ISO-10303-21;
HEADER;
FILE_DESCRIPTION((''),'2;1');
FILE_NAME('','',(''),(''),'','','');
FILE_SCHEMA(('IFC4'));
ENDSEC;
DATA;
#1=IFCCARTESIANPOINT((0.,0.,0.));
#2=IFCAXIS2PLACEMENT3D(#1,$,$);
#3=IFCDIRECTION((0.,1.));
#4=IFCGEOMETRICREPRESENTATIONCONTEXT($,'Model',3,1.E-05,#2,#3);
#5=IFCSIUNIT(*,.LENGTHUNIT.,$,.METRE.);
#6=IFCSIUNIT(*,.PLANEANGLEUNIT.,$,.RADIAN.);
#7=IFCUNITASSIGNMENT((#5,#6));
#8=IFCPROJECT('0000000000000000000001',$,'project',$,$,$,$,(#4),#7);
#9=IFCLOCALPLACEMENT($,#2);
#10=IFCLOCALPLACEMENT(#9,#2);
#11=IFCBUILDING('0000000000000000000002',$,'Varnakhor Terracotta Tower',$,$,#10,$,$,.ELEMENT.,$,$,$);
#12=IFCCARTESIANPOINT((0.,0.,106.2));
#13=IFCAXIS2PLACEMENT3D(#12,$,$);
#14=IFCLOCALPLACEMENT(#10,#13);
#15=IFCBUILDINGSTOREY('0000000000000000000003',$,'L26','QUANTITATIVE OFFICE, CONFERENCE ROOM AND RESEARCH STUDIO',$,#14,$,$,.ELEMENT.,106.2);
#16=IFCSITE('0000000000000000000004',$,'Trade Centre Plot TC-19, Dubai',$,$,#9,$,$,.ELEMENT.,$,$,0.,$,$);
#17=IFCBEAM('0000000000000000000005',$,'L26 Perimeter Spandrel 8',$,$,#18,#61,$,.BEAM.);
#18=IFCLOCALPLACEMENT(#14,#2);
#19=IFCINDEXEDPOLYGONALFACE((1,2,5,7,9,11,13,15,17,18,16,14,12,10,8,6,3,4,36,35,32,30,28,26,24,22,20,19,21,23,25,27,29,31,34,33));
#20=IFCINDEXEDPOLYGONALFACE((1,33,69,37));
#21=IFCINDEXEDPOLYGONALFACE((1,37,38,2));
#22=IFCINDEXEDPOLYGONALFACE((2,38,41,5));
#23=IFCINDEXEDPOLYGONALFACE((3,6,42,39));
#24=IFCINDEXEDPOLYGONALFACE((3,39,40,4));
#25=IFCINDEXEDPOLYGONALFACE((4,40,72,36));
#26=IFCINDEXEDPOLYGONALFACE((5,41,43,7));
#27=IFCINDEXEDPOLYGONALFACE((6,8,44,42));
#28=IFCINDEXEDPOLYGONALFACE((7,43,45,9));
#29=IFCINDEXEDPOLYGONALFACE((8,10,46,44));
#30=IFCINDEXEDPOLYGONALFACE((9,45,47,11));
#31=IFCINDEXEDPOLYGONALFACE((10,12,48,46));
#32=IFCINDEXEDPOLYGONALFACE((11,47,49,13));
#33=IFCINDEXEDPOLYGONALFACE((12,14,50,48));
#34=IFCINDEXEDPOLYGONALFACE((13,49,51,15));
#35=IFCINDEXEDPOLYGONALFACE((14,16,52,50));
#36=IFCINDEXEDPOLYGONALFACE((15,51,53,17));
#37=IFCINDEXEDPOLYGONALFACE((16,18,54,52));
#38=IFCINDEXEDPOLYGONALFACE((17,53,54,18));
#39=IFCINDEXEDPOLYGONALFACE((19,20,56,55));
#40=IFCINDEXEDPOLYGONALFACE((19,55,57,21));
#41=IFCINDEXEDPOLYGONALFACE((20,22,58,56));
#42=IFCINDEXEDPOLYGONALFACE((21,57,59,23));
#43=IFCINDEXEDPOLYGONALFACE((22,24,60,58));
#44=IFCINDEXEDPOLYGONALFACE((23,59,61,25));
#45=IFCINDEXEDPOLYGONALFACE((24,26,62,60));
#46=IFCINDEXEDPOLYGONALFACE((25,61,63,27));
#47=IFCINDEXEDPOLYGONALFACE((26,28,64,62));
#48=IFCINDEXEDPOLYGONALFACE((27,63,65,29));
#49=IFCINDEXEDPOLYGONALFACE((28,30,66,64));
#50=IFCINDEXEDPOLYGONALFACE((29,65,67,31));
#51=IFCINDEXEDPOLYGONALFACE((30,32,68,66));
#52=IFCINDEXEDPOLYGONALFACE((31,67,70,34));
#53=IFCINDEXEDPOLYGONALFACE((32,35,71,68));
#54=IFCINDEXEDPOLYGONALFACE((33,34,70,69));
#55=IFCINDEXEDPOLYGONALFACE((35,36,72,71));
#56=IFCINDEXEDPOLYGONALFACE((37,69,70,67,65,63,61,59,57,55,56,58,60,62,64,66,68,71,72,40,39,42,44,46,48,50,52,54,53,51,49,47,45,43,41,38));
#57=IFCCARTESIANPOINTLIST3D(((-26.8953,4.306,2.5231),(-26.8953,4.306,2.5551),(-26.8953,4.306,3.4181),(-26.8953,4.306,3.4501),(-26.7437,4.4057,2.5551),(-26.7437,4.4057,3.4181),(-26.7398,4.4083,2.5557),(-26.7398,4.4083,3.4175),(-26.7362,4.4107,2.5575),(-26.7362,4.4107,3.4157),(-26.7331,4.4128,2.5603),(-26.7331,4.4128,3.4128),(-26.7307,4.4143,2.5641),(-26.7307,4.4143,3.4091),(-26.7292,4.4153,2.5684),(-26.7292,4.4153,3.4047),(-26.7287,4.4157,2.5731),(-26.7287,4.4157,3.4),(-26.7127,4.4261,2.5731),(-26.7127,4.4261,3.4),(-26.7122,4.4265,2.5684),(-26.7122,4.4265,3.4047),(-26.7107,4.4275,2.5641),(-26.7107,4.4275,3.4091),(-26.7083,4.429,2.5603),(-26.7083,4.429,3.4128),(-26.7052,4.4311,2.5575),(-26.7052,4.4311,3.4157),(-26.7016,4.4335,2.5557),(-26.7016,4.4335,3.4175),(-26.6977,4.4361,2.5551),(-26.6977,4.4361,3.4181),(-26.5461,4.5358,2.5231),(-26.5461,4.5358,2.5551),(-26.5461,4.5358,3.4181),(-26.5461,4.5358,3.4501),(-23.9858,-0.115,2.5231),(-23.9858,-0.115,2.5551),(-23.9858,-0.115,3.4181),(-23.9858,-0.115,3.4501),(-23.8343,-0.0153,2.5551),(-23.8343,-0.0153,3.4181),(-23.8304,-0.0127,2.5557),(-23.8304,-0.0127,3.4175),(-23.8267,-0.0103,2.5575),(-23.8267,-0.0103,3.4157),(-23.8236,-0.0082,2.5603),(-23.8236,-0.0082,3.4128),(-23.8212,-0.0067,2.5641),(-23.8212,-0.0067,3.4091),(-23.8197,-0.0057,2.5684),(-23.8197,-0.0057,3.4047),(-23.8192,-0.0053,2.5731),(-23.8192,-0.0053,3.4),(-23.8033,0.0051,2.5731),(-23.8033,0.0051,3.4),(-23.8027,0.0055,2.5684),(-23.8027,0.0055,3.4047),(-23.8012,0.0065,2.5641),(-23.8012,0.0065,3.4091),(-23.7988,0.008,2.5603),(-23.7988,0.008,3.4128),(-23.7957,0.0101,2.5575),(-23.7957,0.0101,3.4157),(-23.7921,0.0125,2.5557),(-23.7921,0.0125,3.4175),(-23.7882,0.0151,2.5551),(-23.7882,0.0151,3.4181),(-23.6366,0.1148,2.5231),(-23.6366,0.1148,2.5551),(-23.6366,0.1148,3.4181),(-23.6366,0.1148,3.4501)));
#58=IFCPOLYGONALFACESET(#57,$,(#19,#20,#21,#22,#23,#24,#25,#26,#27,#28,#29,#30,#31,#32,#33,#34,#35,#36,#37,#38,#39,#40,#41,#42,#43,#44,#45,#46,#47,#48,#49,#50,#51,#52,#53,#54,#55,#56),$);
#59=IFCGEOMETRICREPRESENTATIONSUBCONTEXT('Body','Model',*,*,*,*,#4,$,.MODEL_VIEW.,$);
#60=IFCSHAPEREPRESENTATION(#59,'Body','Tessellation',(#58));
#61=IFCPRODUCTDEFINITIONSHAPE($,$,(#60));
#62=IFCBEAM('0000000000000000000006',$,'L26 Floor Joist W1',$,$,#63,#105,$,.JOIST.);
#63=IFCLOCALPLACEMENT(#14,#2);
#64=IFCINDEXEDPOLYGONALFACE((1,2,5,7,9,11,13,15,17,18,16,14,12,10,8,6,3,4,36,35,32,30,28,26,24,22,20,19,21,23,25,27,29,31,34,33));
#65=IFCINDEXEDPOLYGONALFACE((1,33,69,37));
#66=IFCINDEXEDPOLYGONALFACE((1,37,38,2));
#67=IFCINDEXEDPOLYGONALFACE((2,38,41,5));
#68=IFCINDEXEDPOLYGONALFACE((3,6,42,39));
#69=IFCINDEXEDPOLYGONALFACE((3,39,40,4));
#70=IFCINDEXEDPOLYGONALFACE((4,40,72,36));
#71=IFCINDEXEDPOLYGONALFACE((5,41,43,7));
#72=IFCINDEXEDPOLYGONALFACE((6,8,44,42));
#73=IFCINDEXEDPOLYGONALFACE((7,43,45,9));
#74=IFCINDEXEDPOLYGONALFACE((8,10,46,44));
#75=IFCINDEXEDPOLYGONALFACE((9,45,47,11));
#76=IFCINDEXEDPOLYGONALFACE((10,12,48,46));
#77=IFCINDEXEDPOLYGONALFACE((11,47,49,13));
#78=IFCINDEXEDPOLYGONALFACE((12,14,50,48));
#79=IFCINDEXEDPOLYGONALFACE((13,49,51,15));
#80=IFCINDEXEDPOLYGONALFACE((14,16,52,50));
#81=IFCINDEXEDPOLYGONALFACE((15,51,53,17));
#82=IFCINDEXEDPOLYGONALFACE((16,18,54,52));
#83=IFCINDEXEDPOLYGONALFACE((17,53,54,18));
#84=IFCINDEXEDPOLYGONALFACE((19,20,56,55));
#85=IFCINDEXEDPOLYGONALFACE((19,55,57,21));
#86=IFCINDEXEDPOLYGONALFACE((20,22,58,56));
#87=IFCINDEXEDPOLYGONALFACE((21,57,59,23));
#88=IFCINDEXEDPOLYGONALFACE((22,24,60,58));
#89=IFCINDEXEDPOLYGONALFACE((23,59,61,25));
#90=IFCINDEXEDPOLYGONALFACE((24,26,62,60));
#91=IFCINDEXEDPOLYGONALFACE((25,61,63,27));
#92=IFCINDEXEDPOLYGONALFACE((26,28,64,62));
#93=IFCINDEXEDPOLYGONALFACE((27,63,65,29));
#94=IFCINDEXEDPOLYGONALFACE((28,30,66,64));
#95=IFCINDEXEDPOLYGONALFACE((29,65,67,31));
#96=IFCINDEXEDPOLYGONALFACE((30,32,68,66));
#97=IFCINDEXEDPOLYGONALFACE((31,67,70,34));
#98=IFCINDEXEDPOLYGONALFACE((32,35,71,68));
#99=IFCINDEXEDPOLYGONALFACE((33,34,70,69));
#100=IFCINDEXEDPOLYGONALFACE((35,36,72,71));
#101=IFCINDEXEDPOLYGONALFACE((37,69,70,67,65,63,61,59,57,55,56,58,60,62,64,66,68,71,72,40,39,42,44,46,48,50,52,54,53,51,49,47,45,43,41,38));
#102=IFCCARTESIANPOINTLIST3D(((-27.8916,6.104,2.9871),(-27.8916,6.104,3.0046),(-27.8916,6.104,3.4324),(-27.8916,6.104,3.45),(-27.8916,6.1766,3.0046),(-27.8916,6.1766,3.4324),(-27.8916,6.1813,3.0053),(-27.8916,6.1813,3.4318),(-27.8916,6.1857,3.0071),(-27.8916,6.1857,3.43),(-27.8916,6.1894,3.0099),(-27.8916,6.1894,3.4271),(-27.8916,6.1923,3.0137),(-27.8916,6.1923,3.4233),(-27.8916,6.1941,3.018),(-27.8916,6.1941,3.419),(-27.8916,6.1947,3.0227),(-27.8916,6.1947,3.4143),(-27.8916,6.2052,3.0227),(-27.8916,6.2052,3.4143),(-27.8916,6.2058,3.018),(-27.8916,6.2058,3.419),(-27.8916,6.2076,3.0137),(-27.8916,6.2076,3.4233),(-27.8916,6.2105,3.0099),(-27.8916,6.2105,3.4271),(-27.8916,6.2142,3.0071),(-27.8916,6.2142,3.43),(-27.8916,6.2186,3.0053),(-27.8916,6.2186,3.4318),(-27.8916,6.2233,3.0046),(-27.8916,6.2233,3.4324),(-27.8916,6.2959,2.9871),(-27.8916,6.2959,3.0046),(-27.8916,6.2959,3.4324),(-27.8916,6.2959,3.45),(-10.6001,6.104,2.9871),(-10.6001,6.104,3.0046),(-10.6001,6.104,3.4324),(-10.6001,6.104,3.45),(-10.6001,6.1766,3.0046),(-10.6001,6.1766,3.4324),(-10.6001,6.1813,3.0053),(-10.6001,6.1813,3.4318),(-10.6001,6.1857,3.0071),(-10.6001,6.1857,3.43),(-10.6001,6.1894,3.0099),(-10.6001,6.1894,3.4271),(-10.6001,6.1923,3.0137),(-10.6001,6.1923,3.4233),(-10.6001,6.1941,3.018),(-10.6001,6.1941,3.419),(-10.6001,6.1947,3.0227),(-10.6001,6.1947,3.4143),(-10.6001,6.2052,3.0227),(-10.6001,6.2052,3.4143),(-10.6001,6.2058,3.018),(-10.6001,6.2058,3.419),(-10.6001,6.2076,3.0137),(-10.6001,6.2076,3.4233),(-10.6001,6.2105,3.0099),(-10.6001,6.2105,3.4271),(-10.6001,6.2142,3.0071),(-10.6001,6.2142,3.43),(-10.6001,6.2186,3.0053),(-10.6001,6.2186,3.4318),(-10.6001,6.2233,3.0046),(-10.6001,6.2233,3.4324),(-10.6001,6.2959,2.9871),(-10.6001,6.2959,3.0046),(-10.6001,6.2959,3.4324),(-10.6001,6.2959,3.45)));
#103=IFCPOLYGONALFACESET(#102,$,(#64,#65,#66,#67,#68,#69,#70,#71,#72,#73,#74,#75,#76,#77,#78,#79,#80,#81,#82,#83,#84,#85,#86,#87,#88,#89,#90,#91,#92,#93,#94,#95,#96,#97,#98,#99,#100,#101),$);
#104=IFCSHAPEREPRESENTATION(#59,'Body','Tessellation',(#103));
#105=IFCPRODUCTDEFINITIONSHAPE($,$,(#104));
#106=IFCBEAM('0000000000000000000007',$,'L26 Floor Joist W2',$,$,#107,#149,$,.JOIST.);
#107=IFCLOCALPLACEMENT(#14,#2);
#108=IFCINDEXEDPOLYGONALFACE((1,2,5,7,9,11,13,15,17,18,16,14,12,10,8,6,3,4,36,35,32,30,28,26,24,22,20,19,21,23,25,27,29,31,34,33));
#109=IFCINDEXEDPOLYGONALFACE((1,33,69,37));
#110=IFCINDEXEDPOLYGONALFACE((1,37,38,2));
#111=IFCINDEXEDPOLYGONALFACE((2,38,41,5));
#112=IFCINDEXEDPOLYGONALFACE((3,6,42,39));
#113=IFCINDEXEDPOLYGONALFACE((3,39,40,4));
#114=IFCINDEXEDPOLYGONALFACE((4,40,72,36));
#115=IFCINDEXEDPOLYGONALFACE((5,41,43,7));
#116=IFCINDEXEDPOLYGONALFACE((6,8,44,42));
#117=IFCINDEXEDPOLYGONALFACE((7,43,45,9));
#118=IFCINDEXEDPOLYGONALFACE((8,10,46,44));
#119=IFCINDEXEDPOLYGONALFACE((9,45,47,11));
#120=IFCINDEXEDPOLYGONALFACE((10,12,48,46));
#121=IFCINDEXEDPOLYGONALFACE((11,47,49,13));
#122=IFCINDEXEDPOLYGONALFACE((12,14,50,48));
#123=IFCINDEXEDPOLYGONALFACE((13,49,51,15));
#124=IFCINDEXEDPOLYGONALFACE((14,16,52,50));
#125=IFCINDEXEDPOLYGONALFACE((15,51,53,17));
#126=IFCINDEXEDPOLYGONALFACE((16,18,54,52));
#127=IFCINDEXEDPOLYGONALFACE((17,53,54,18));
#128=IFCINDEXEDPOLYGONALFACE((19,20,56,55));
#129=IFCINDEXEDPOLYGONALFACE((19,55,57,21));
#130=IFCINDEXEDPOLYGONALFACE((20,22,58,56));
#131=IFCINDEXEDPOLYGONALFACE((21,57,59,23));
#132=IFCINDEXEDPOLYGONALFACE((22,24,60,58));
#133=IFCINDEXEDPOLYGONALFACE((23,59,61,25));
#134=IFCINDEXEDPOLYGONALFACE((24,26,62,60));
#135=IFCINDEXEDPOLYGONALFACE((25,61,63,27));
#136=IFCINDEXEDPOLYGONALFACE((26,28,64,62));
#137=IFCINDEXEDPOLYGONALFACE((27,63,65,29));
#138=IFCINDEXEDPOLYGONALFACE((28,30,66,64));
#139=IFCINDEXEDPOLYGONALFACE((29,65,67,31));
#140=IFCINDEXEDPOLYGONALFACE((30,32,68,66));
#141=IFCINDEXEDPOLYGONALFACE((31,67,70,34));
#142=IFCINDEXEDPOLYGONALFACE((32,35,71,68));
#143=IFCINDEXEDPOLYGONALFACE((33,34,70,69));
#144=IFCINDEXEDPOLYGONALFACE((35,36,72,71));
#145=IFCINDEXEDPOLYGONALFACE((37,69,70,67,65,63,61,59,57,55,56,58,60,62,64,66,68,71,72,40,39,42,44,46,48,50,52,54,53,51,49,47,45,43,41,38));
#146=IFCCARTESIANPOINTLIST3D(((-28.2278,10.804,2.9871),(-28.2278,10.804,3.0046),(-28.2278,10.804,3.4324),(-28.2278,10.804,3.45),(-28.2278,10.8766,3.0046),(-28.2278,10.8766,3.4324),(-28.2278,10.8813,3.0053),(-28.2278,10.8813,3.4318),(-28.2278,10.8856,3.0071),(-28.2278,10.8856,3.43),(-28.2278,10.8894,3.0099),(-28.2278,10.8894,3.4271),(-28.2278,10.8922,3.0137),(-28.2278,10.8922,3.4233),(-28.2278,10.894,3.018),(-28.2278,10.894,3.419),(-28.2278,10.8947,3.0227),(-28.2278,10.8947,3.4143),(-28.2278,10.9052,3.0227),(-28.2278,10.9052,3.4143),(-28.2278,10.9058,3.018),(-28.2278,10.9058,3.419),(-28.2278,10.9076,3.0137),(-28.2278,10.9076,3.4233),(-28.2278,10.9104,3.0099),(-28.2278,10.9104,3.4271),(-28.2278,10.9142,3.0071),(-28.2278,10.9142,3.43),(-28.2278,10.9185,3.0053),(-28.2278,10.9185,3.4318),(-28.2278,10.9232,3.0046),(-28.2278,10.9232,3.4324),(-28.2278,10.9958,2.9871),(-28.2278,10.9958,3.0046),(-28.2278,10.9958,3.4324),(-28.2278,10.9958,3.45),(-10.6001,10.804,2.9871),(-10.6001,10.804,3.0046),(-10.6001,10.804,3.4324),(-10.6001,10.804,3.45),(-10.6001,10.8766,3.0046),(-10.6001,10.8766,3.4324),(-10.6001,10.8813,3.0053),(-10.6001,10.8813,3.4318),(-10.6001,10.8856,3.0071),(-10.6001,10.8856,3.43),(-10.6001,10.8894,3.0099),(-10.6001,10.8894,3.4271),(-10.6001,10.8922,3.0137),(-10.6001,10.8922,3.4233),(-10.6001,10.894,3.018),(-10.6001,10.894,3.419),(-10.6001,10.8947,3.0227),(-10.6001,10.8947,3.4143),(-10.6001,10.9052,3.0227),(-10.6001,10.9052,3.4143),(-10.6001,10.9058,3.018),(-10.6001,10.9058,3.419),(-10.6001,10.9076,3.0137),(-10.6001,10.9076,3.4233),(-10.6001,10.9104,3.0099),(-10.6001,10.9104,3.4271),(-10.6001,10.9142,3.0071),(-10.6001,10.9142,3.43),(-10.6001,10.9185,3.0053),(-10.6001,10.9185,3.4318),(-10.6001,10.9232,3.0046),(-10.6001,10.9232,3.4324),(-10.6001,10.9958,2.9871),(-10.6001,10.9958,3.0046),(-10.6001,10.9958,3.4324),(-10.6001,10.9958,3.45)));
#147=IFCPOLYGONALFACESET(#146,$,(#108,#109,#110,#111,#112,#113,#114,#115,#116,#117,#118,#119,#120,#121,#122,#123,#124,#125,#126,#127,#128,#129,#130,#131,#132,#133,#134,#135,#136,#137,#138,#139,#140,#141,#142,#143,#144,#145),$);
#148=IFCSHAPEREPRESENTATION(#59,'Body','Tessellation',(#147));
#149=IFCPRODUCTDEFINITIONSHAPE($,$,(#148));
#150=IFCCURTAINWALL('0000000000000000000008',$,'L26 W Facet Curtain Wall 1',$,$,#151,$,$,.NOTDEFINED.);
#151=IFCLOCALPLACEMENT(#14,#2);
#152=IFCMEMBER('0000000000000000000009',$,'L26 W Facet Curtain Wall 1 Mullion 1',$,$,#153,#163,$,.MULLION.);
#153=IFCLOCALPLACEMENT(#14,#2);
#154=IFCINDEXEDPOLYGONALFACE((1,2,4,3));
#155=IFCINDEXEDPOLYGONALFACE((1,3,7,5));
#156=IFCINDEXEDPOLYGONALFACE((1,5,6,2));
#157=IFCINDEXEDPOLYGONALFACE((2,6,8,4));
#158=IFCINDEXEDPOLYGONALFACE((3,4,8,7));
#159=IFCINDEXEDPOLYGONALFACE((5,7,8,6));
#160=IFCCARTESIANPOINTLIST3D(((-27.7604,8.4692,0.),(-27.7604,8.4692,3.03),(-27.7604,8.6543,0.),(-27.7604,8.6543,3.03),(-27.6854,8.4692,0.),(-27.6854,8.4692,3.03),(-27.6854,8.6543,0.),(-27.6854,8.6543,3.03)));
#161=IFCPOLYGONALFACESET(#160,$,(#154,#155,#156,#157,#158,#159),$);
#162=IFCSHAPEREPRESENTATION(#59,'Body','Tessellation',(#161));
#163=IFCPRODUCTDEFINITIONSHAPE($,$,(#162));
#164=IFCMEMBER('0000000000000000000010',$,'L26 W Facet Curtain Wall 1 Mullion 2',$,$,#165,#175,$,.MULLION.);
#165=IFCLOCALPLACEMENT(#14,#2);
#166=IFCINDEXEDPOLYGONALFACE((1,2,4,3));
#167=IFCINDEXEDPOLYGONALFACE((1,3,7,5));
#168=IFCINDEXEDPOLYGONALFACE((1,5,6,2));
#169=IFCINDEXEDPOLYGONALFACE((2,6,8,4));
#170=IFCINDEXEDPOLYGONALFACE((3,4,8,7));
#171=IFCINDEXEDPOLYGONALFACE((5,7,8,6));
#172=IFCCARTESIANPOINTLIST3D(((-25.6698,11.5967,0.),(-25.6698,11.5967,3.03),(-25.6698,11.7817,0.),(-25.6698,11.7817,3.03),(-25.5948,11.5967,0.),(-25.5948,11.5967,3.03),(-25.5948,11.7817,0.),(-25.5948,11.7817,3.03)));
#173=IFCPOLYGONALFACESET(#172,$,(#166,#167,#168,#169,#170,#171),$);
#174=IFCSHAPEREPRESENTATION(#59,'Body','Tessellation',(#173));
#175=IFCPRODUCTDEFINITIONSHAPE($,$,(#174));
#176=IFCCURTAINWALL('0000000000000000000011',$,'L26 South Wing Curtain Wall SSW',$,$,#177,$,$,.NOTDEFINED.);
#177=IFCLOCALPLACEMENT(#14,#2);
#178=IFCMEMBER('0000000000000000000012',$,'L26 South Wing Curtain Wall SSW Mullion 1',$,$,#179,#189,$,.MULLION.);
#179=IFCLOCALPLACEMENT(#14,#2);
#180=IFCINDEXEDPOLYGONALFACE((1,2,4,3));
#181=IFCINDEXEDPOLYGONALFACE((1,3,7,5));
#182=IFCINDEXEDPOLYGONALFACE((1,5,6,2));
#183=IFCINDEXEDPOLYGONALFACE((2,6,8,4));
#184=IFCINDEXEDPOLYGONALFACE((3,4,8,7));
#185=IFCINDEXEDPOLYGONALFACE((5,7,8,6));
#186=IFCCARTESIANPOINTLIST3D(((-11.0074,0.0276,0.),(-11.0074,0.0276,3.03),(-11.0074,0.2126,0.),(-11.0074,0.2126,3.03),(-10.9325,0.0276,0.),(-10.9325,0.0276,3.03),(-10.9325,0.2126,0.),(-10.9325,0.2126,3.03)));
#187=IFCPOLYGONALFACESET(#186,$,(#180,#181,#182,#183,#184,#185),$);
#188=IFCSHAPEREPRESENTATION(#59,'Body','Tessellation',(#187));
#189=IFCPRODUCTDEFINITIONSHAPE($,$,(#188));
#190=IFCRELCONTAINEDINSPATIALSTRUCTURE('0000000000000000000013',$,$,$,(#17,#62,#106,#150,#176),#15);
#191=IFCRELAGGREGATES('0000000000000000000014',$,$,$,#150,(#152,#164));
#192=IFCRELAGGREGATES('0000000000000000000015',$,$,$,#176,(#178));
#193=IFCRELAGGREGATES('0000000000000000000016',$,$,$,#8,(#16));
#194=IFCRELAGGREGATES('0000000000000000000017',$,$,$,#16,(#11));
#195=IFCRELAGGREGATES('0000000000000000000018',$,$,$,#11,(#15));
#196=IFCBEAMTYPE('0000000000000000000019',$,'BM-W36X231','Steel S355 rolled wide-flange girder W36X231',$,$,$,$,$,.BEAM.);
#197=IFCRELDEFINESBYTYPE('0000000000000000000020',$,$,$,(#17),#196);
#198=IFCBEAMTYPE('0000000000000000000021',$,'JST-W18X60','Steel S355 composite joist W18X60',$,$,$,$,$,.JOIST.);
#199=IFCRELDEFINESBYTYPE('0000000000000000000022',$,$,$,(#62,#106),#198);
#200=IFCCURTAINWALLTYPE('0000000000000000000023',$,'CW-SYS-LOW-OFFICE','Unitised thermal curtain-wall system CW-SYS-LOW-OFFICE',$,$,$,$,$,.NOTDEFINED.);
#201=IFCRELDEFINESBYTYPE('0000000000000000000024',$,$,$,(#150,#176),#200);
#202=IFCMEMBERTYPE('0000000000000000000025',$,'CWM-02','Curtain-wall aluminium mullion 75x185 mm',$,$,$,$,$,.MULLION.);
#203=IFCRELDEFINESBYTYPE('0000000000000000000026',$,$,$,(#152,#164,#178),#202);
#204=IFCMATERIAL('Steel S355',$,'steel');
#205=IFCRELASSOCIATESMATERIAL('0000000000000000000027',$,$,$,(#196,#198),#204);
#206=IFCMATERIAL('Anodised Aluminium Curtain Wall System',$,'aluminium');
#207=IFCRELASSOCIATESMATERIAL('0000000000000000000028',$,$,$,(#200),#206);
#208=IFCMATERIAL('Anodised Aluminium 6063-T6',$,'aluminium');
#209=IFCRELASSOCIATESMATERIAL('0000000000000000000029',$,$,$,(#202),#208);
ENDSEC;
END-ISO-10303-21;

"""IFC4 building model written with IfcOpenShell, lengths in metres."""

from ifc_helpers import new_model, si_unit, direction, frame, origin, origin_2d, place, context, subcontext, project, spatial, rectangle, i_section, extrude, source, transform, mapped, material, material_profile, profile_set, type_object, type_shapes, element, aggregate, save


model = new_model("IFC4")

# Units and contexts
model_context = context("Model", 3, precision=1e-05, world=origin(), true_north=direction((0.0, 1.0)))
body_context = subcontext(model_context, "Body", "Model", "MODEL_VIEW")
ifc_project = project(units=[si_unit("LENGTHUNIT", "METRE"), si_unit("PLANEANGLEUNIT", "RADIAN")], contexts=[model_context])

# Site, building, storey
site_placement = place(None, origin())
site = spatial("IfcSite", under=ifc_project, at=site_placement, Name="Trade Centre Plot TC-19, Dubai", CompositionType="ELEMENT", RefElevation=0.0)
building_placement = place(site_placement, origin())
building = spatial("IfcBuilding", under=site, at=building_placement, Name="Varnakhor Terracotta Tower", CompositionType="ELEMENT")
storey_placement = place(building_placement, frame((0.0, 0.0, 106.2)))
storey = spatial("IfcBuildingStorey", under=building, at=storey_placement, Name="L26", Description="QUANTITATIVE OFFICE, CONFERENCE ROOM AND RESEARCH STUDIO", CompositionType="ELEMENT", Elevation=106.2)

# Beams
ifc_material_1 = material(Name="Steel S355", Category="steel")
ifc_material_profile_1 = material_profile(ifc_material_1, i_section(OverallWidth=0.418, OverallDepth=0.927, WebThickness=0.019, FlangeThickness=0.032, FilletRadius=0.0181, at=origin_2d()), Name="W36X231")
ifc_profile_set_1 = profile_set([ifc_material_profile_1], Name="Steel S355")
beam_type_1 = type_object("IfcBeamType", Name="BM-W36X231", Description="Steel S355 rolled wide-flange girder W36X231", PredefinedType="BEAM", material=ifc_profile_set_1)
shared_shape_1 = source(origin(), body_context, "Body", "SweptSolid", [
    extrude(i_section(OverallWidth=0.418, OverallDepth=0.927, WebThickness=0.019, FlangeThickness=0.032, FilletRadius=0.0181, at=origin_2d()), origin(), (0.0, 0.0, 1.0), 5.2925),
])
beam_1_placement = place(storey_placement, frame((-26.7207, 4.4209, 2.9866), z_axis=(0.54974, -0.835336, 0.0), x_axis=(0.835336, 0.54974, 0.0)))
element("IfcBeam", 1, at=beam_1_placement, inside=storey, type_object=beam_type_1, Name="L26 Perimeter Spandrel 8", PredefinedType="BEAM", context=body_context, shape_type="MappedRepresentation", body=[
    mapped(shared_shape_1, transform((0.0, 0.0, 0.0), scale=1.0)),
])
ifc_material_profile_2 = material_profile(ifc_material_1, i_section(OverallWidth=0.1919, OverallDepth=0.4629, WebThickness=0.0105, FlangeThickness=0.0176, FilletRadius=0.0181, at=origin_2d()), Name="W18X60")
ifc_profile_set_2 = profile_set([ifc_material_profile_2], Name="Steel S355")
beam_type_2 = type_object("IfcBeamType", Name="JST-W18X60", Description="Steel S355 composite joist W18X60", PredefinedType="JOIST", material=ifc_profile_set_2)
shared_shape_2 = source(origin(), body_context, "Body", "SweptSolid", [
    extrude(i_section(OverallWidth=0.1919, OverallDepth=0.4629, WebThickness=0.0105, FlangeThickness=0.0176, FilletRadius=0.0181, at=origin_2d()), origin(), (0.0, 0.0, 1.0), 17.2915),
])
beam_2_placement = place(storey_placement, frame((-27.8916, 6.2, 3.2185), z_axis=(1.0, 0.0, 0.0), x_axis=(0.0, 1.0, 0.0)))
element("IfcBeam", 2, at=beam_2_placement, inside=storey, type_object=beam_type_2, Name="L26 Floor Joist W1", PredefinedType="JOIST", context=body_context, shape_type="MappedRepresentation", body=[
    mapped(shared_shape_2, transform((0.0, 0.0, 0.0), scale=1.0)),
])
shared_shape_3 = source(origin(), body_context, "Body", "SweptSolid", [
    extrude(i_section(OverallWidth=0.1919, OverallDepth=0.4629, WebThickness=0.0105, FlangeThickness=0.0176, FilletRadius=0.0181, at=origin_2d()), origin(), (0.0, 0.0, 1.0), 17.6277),
])
beam_3_placement = place(storey_placement, frame((-28.2278, 10.8999, 3.2185), z_axis=(1.0, 0.0, 0.0), x_axis=(0.0, 1.0, 0.0)))
element("IfcBeam", 3, at=beam_3_placement, inside=storey, type_object=beam_type_2, Name="L26 Floor Joist W2", PredefinedType="JOIST", context=body_context, shape_type="MappedRepresentation", body=[
    mapped(shared_shape_3, transform((0.0, 0.0, 0.0), scale=1.0)),
])

# Curtain walls, members
ifc_material_2 = material(Name="Anodised Aluminium Curtain Wall System", Category="aluminium")
curtain_wall_type = type_object("IfcCurtainWallType", Name="CW-SYS-LOW-OFFICE", Description="Unitised thermal curtain-wall system CW-SYS-LOW-OFFICE", PredefinedType="NOTDEFINED", material=ifc_material_2)
curtain_wall_1_placement = place(storey_placement, origin())
curtain_wall_1 = element("IfcCurtainWall", 4, at=curtain_wall_1_placement, inside=storey, type_object=curtain_wall_type, Name="L26 W Facet Curtain Wall 1", PredefinedType="NOTDEFINED")
ifc_material_3 = material(Name="Anodised Aluminium 6063-T6", Category="aluminium")
ifc_material_profile_3 = material_profile(ifc_material_3, rectangle(XDim=0.075, YDim=0.1851, at=origin_2d()), Name="ALU MULLION 75x185")
ifc_profile_set_3 = profile_set([ifc_material_profile_3], Name="Anodised Aluminium 6063-T6")
member_type_1 = type_object("IfcMemberType", Name="CWM-02", Description="Curtain-wall aluminium mullion 75x185 mm", PredefinedType="MULLION", material=ifc_profile_set_3)
shared_shape_4 = source(origin(), body_context, "Body", "SweptSolid", [
    extrude(rectangle(XDim=0.075, YDim=0.1851, at=origin_2d()), origin(), (0.0, 0.0, 1.0), 3.03),
])
type_shapes(member_type_1, [shared_shape_4])
member_1_placement = place(storey_placement, frame((-27.7229, 8.5618, 0.0), z_axis=(0.0, 0.0, 1.0), x_axis=(1.0, 0.0, 0.0)))
member_1 = element("IfcMember", 5, at=member_1_placement, type_object=member_type_1, Name="L26 W Facet Curtain Wall 1 Mullion 1", PredefinedType="MULLION", context=body_context, shape_type="MappedRepresentation", body=[
    mapped(shared_shape_4, transform((0.0, 0.0, 0.0), scale=1.0)),
])
member_2_placement = place(storey_placement, frame((-25.6323, 11.6892, 0.0), z_axis=(0.0, 0.0, 1.0), x_axis=(1.0, 0.0, 0.0)))
member_2 = element("IfcMember", 6, at=member_2_placement, type_object=member_type_1, Name="L26 W Facet Curtain Wall 1 Mullion 2", PredefinedType="MULLION", context=body_context, shape_type="MappedRepresentation", body=[
    mapped(shared_shape_4, transform((0.0, 0.0, 0.0), scale=1.0)),
])
curtain_wall_2_placement = place(storey_placement, origin())
curtain_wall_2 = element("IfcCurtainWall", 7, at=curtain_wall_2_placement, inside=storey, type_object=curtain_wall_type, Name="L26 South Wing Curtain Wall SSW", PredefinedType="NOTDEFINED")
member_3_placement = place(storey_placement, frame((-10.97, 0.1201, 0.0), z_axis=(0.0, 0.0, 1.0), x_axis=(1.0, 0.0, 0.0)))
member_3 = element("IfcMember", 8, at=member_3_placement, type_object=member_type_1, Name="L26 South Wing Curtain Wall SSW Mullion 1", PredefinedType="MULLION", context=body_context, shape_type="MappedRepresentation", body=[
    mapped(shared_shape_4, transform((0.0, 0.0, 0.0), scale=1.0)),
])

aggregate(curtain_wall_1, [member_1, member_2])
aggregate(curtain_wall_2, [member_3])

save(model, "model.ifc")
